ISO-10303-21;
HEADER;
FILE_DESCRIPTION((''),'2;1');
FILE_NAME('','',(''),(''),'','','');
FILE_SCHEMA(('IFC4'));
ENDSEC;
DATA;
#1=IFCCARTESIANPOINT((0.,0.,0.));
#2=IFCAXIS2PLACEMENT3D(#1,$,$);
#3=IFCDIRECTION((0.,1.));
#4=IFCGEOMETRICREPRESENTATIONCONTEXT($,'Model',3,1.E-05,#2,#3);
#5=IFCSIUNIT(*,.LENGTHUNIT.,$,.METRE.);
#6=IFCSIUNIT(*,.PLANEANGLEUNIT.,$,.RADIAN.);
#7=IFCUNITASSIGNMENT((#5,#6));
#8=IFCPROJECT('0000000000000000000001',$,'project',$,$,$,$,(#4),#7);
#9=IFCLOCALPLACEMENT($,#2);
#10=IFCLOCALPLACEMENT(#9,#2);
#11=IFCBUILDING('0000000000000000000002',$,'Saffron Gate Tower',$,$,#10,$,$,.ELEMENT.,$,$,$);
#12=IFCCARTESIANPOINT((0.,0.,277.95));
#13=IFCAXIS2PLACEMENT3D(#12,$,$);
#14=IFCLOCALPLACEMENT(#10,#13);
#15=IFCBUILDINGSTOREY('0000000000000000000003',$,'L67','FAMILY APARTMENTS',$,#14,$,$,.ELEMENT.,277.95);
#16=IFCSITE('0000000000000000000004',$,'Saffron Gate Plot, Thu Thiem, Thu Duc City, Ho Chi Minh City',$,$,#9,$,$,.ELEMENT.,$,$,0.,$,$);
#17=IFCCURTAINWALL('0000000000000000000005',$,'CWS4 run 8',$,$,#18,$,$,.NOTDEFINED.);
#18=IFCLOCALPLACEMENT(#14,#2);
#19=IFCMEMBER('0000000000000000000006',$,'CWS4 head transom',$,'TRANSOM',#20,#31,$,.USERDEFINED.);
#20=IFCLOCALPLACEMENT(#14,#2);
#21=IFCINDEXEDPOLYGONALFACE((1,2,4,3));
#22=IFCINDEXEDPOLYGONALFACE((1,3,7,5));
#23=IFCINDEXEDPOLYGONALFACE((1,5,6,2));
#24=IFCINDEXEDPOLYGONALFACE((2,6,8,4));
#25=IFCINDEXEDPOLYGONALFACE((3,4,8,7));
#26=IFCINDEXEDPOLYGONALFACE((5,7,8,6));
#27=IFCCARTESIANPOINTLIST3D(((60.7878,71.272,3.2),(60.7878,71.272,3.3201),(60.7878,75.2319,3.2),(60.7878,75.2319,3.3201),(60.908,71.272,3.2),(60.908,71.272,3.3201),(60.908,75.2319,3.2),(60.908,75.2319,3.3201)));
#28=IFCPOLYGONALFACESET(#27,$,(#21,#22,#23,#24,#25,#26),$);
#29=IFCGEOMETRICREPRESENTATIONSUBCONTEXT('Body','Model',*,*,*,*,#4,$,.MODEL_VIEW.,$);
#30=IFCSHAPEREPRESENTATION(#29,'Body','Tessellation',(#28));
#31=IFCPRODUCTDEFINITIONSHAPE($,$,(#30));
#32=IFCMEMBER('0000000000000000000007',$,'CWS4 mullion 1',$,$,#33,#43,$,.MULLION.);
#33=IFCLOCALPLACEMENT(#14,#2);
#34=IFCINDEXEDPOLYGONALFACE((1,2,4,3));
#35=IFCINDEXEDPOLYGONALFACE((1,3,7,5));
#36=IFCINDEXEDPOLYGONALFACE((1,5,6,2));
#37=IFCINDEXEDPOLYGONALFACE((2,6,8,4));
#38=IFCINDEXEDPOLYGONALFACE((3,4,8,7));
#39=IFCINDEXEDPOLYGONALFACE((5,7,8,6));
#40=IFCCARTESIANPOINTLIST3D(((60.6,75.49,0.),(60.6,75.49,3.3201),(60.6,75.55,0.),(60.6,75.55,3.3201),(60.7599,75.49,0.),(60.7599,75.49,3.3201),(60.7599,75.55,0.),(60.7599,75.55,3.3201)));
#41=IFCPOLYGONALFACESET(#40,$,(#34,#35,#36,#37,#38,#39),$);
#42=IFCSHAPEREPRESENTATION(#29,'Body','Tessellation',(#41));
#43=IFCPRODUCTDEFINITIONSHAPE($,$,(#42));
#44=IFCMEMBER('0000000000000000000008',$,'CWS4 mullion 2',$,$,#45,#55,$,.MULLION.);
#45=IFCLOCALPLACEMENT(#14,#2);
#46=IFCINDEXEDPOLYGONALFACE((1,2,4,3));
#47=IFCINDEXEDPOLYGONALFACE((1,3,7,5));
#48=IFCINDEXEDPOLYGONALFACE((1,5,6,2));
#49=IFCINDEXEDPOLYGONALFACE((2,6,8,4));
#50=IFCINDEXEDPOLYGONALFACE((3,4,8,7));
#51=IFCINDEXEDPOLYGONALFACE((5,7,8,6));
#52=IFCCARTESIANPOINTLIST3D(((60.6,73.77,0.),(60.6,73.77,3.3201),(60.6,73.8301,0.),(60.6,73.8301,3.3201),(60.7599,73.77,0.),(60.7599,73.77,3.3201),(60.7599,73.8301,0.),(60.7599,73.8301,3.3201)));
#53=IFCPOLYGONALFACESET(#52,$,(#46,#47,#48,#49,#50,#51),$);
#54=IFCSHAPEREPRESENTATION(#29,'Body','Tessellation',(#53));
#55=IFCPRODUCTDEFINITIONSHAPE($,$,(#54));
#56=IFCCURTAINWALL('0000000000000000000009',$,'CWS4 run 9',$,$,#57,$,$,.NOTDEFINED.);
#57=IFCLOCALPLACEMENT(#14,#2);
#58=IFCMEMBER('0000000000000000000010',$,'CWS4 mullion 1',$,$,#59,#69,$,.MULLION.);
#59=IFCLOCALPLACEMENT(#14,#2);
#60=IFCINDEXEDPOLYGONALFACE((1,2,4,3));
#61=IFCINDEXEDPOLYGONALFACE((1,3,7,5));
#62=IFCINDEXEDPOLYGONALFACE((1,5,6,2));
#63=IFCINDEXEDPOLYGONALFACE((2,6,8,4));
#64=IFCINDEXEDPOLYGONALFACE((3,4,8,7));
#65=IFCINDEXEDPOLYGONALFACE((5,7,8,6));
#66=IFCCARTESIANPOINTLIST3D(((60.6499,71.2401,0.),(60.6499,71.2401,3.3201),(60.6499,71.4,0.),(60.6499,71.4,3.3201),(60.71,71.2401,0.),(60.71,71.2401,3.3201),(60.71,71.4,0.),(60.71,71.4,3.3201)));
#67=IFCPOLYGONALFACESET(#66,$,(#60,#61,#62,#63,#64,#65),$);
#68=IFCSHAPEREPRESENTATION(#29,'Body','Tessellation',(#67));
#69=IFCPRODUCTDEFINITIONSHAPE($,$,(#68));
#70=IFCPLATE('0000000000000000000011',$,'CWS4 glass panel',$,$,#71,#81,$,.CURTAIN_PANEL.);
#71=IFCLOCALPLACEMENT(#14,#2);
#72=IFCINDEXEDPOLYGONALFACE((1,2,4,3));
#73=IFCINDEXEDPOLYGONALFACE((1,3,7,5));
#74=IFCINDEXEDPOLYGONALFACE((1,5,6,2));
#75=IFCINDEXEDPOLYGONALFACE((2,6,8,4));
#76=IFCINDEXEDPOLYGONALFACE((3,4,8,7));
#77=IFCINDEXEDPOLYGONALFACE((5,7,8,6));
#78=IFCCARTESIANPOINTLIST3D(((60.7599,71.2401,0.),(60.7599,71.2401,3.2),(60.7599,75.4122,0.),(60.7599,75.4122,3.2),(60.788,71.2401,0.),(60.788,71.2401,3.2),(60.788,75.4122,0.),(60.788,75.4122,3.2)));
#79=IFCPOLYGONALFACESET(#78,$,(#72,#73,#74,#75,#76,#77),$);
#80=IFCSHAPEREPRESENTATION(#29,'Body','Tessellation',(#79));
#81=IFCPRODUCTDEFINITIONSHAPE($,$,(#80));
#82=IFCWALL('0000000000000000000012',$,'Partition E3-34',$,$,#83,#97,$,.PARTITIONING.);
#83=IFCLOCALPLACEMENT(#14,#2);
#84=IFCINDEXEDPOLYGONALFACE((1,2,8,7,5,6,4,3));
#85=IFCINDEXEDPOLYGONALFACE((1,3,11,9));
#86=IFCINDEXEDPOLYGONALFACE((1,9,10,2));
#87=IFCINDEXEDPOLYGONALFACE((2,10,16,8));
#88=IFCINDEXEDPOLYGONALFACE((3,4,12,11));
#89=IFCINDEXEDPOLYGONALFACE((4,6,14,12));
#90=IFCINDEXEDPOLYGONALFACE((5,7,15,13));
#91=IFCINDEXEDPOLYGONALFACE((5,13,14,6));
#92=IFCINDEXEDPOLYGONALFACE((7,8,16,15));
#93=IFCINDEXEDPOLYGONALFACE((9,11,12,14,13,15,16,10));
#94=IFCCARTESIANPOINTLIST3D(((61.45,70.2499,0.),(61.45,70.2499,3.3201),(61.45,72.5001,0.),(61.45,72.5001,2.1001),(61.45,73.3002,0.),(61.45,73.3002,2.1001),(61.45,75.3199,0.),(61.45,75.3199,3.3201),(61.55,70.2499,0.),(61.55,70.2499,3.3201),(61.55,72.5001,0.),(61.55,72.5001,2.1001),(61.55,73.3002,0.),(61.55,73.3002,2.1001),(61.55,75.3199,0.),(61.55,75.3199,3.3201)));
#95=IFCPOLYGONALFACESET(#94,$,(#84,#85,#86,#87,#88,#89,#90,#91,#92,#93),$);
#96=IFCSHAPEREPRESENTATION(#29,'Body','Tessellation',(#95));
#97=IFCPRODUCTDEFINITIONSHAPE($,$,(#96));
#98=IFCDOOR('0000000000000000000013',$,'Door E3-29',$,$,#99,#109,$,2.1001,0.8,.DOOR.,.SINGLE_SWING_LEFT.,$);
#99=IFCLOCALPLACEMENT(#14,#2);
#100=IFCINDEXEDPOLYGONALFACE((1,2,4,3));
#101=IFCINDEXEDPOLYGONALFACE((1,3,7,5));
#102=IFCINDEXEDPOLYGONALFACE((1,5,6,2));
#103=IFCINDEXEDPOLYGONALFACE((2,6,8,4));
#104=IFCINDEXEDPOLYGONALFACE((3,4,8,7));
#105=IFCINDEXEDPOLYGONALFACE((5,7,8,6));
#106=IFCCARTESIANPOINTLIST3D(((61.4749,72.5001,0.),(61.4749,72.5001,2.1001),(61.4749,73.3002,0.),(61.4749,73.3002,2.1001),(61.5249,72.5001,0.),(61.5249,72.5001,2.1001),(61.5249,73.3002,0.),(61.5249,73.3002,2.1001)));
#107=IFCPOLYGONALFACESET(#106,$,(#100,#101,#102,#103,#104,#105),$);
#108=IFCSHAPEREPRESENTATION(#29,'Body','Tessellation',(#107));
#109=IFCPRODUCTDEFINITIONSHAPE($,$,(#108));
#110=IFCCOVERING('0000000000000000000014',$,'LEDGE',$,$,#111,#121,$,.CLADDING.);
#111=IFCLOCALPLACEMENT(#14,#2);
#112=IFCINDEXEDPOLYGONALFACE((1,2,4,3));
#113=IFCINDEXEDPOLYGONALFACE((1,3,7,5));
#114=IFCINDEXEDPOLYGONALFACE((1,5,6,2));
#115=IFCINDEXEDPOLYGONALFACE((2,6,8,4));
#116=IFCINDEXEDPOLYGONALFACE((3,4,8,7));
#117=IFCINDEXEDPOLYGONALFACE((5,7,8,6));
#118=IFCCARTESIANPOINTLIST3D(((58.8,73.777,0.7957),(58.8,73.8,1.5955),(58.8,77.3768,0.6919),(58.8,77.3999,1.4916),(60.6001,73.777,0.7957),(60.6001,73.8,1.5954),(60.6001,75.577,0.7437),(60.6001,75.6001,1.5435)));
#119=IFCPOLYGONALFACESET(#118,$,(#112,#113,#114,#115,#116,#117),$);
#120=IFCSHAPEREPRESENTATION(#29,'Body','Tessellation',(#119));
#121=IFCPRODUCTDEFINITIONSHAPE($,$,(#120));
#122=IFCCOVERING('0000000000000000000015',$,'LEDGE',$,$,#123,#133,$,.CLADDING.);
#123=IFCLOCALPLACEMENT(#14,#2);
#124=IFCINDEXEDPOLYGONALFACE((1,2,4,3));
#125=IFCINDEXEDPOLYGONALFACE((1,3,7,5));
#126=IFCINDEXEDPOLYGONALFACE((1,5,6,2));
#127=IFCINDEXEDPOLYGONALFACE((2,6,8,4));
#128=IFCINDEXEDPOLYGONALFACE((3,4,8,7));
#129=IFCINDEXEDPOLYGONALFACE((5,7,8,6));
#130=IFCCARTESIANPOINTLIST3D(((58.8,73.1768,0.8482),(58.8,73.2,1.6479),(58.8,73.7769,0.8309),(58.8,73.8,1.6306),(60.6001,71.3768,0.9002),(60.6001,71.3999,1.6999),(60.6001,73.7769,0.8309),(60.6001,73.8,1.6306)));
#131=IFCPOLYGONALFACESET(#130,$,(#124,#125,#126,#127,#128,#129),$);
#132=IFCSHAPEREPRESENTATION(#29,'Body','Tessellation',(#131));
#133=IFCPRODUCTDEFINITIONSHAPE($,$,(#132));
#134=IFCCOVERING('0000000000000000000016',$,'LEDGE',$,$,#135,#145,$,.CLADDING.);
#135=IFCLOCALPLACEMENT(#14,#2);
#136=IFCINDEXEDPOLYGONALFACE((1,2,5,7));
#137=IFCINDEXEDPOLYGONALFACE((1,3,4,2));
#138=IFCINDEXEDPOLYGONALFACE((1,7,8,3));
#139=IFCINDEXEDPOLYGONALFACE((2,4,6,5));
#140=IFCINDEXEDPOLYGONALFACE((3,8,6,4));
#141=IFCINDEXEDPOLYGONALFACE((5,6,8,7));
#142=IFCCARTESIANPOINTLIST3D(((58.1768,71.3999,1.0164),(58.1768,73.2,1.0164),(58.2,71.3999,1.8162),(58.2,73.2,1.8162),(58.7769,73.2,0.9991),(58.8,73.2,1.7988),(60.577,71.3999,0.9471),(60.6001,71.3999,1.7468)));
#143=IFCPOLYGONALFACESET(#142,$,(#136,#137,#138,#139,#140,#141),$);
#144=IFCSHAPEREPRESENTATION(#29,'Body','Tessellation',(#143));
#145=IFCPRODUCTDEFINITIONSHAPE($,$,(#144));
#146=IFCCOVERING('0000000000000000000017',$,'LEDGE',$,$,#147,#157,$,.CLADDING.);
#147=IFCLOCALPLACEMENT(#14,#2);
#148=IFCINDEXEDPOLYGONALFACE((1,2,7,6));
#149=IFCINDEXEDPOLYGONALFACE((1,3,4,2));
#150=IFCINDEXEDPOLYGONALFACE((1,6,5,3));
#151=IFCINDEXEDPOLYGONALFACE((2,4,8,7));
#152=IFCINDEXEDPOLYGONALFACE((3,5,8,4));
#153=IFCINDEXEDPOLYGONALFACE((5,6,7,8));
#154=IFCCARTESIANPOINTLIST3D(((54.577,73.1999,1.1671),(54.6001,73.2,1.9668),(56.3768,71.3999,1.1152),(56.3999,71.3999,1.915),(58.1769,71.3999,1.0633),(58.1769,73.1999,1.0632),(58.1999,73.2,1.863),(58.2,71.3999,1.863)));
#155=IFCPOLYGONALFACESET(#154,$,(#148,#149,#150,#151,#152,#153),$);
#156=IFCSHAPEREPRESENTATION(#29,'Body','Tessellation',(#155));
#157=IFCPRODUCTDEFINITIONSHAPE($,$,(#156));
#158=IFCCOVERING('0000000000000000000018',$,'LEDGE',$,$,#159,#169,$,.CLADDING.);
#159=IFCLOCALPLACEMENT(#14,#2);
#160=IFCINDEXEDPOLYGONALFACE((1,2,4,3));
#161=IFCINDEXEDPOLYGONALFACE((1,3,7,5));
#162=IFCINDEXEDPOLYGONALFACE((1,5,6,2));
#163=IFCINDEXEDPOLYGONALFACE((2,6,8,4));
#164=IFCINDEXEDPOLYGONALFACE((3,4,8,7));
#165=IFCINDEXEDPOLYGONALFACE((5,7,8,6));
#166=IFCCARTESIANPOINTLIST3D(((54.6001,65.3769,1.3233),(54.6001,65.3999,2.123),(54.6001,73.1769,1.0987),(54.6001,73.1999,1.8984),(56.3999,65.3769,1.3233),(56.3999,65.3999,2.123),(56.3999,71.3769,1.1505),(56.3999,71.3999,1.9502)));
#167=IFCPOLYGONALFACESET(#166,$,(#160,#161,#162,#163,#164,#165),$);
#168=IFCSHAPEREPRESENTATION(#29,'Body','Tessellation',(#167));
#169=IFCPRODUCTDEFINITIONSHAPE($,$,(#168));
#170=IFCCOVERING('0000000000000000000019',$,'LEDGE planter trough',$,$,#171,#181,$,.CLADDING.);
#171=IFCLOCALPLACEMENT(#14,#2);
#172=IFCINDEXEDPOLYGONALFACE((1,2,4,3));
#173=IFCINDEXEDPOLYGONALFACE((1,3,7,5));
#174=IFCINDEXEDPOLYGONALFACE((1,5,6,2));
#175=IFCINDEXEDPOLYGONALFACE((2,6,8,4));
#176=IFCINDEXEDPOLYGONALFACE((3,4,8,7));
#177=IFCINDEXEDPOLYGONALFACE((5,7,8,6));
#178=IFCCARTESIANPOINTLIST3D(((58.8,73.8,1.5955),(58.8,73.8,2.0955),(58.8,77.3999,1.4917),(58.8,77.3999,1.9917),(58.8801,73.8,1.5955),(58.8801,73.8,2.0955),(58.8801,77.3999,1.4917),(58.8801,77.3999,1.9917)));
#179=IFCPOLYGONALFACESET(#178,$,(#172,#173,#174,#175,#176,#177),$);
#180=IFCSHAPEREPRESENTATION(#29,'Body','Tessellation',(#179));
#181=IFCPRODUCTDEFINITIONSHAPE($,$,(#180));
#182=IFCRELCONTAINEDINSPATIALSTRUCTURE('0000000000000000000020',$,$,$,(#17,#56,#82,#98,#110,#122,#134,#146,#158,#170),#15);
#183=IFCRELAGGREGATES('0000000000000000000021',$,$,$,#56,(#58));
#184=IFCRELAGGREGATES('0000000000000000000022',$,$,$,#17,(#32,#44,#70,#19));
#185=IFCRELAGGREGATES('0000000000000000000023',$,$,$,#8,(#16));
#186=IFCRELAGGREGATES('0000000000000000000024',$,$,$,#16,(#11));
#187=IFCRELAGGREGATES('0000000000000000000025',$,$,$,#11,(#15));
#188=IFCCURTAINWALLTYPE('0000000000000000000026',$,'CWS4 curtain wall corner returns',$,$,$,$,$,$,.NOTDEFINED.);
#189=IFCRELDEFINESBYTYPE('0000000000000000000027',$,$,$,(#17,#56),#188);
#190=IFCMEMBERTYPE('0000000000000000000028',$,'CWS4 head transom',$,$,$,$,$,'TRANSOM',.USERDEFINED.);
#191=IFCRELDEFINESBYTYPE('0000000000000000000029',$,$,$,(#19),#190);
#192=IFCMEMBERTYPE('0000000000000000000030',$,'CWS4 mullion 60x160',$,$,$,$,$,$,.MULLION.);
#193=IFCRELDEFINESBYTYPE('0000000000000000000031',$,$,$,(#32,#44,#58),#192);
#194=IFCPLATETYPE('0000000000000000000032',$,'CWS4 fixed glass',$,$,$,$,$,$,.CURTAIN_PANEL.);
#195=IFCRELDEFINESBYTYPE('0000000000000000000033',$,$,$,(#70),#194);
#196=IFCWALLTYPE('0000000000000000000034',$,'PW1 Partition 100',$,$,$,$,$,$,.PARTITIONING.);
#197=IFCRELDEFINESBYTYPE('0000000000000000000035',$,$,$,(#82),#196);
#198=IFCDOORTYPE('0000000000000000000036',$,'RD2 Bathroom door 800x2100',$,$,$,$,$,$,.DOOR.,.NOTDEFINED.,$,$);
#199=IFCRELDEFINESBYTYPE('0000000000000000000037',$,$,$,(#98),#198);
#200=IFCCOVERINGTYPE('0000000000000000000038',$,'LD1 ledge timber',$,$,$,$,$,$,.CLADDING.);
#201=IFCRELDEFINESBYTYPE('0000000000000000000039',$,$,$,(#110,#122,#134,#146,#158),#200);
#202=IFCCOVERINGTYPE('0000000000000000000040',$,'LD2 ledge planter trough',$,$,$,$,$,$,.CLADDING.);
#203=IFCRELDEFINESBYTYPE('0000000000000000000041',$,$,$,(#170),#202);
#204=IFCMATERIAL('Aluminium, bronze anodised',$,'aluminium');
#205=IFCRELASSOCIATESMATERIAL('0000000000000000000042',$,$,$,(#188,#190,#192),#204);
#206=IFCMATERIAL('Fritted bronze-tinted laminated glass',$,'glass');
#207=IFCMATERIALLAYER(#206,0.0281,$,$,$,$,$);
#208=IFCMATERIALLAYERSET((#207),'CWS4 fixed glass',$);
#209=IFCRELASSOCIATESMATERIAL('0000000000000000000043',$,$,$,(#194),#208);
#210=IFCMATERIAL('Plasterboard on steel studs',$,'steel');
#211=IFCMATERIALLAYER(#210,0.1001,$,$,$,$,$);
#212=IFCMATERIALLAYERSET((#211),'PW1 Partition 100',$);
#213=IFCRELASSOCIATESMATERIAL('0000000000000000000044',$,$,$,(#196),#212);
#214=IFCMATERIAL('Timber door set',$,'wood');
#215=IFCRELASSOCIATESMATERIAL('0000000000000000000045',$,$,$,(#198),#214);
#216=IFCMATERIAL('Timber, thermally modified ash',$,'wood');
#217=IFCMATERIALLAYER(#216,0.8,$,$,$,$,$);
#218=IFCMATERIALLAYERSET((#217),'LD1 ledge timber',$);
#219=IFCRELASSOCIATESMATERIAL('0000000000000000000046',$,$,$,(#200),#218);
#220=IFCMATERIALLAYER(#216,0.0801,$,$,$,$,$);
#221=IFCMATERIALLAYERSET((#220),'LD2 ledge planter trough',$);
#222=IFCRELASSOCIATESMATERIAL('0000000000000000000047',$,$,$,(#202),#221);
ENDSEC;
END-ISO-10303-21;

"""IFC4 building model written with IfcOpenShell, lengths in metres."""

from ifc_helpers import new_model, si_unit, direction, frame, frame_2d, origin, origin_2d, place, context, subcontext, project, spatial, polyline, rectangle, outline, extrude, material, layer, layer_set, material_profile, profile_set, type_object, element, fill, aggregate, save


model = new_model("IFC4")

# Units and contexts
model_context = context("Model", 3, precision=1e-05, world=origin(), true_north=direction((0.0, 1.0)))
body_context = subcontext(model_context, "Body", "Model", "MODEL_VIEW")
ifc_project = project(units=[si_unit("LENGTHUNIT", "METRE"), si_unit("PLANEANGLEUNIT", "RADIAN")], contexts=[model_context])

# Site, building, storey
site_placement = place(None, origin())
site = spatial("IfcSite", under=ifc_project, at=site_placement, Name="Saffron Gate Plot, Thu Thiem, Thu Duc City, Ho Chi Minh City", CompositionType="ELEMENT", RefElevation=0.0)
building_placement = place(site_placement, origin())
building = spatial("IfcBuilding", under=site, at=building_placement, Name="Saffron Gate Tower", CompositionType="ELEMENT")
storey_placement = place(building_placement, frame((0.0, 0.0, 277.95)))
storey = spatial("IfcBuildingStorey", under=building, at=storey_placement, Name="L67", Description="FAMILY APARTMENTS", CompositionType="ELEMENT", Elevation=277.95)

# Curtain wall, members
ifc_material_1 = material(Name="Aluminium, bronze anodised", Category="aluminium")
curtain_wall_type = type_object("IfcCurtainWallType", Name="CWS4 curtain wall corner returns", PredefinedType="NOTDEFINED", material=ifc_material_1)
curtain_wall_1_placement = place(storey_placement, origin())
curtain_wall_1 = element("IfcCurtainWall", 1, at=curtain_wall_1_placement, inside=storey, type_object=curtain_wall_type, Name="CWS4 run 8", PredefinedType="NOTDEFINED")
ifc_material_profile_1 = material_profile(ifc_material_1, rectangle(XDim=0.1201, YDim=0.1201, at=origin_2d()))
ifc_profile_set_1 = profile_set([ifc_material_profile_1], Name="Aluminium, bronze anodised")
member_type_1 = type_object("IfcMemberType", Name="CWS4 head transom", ElementType="TRANSOM", PredefinedType="USERDEFINED", material=ifc_profile_set_1)
member_1_placement = place(storey_placement, frame((60.8479, 75.2319, 3.26), z_axis=(0.0, -1.0, 0.0), x_axis=(1.0, 0.0, 0.0)))
member_1 = element("IfcMember", 2, at=member_1_placement, type_object=member_type_1, Name="CWS4 head transom", ObjectType="TRANSOM", PredefinedType="USERDEFINED", context=body_context, shape_type="SweptSolid", body=[
    extrude(rectangle(XDim=0.1201, YDim=0.1201, at=origin_2d()), origin(), (0.0, 0.0, 1.0), 3.96),
])
ifc_material_profile_2 = material_profile(ifc_material_1, rectangle(XDim=0.1599, YDim=0.0601, at=origin_2d()))
ifc_profile_set_2 = profile_set([ifc_material_profile_2], Name="Aluminium, bronze anodised")
member_type_2 = type_object("IfcMemberType", Name="CWS4 mullion 60x160", PredefinedType="MULLION", material=ifc_profile_set_2)
member_2_placement = place(storey_placement, frame((60.6799, 75.52, 0.0), z_axis=(0.0, 0.0, 1.0), x_axis=(1.0, 0.0, 0.0)))
member_2 = element("IfcMember", 3, at=member_2_placement, type_object=member_type_2, Name="CWS4 mullion 1", PredefinedType="MULLION", context=body_context, shape_type="SweptSolid", body=[
    extrude(rectangle(XDim=0.1599, YDim=0.0601, at=origin_2d()), origin(), (0.0, 0.0, 1.0), 3.3201),
])
member_3_placement = place(storey_placement, frame((60.6799, 73.8, 0.0), z_axis=(0.0, 0.0, 1.0), x_axis=(1.0, 0.0, 0.0)))
member_3 = element("IfcMember", 4, at=member_3_placement, type_object=member_type_2, Name="CWS4 mullion 2", PredefinedType="MULLION", context=body_context, shape_type="SweptSolid", body=[
    extrude(rectangle(XDim=0.1599, YDim=0.0601, at=origin_2d()), origin(), (0.0, 0.0, 1.0), 3.3201),
])

# Curtain wall, member
curtain_wall_2_placement = place(storey_placement, origin())
curtain_wall_2 = element("IfcCurtainWall", 5, at=curtain_wall_2_placement, inside=storey, type_object=curtain_wall_type, Name="CWS4 run 9", PredefinedType="NOTDEFINED")
member_4_placement = place(storey_placement, frame((60.6799, 71.3201, 0.0), z_axis=(0.0, 0.0, 1.0), x_axis=(0.0, -1.0, 0.0)))
member_4 = element("IfcMember", 6, at=member_4_placement, type_object=member_type_2, Name="CWS4 mullion 1", PredefinedType="MULLION", context=body_context, shape_type="SweptSolid", body=[
    extrude(rectangle(XDim=0.1599, YDim=0.0601, at=origin_2d()), origin(), (0.0, 0.0, 1.0), 3.3201),
])
aggregate(curtain_wall_2, [member_4])

# Plate
ifc_material_2 = material(Name="Fritted bronze-tinted laminated glass", Category="glass")
ifc_layer_1 = layer(ifc_material_2, 0.0281)
ifc_layer_set_1 = layer_set([ifc_layer_1], Name="CWS4 fixed glass")
plate_type = type_object("IfcPlateType", Name="CWS4 fixed glass", PredefinedType="CURTAIN_PANEL", material=ifc_layer_set_1)
plate_placement = place(storey_placement, frame((60.7739, 75.4121, 0.0), z_axis=(0.0, 0.0, 1.0), x_axis=(0.0, -1.0, 0.0)))
plate = element("IfcPlate", 7, at=plate_placement, type_object=plate_type, Name="CWS4 glass panel", PredefinedType="CURTAIN_PANEL", context=body_context, shape_type="SweptSolid", body=[
    extrude(rectangle(XDim=4.1721, YDim=0.0281, at=frame_2d((2.0859, 0.0))), origin(), (0.0, 0.0, 1.0), 3.2),
])
aggregate(curtain_wall_1, [member_2, member_3, plate, member_1])

# Wall, opening, door
ifc_material_3 = material(Name="Plasterboard on steel studs", Category="steel")
ifc_layer_2 = layer(ifc_material_3, 0.1001)
ifc_layer_set_2 = layer_set([ifc_layer_2], Name="PW1 Partition 100")
wall_type = type_object("IfcWallType", Name="PW1 Partition 100", PredefinedType="PARTITIONING", material=ifc_layer_set_2)
wall_placement = place(storey_placement, frame((61.5, 75.3201, 0.0), z_axis=(0.0, 0.0, 1.0), x_axis=(0.0, -1.0, 0.0)))
wall = element("IfcWall", 8, at=wall_placement, inside=storey, type_object=wall_type, Name="Partition E3-34", PredefinedType="PARTITIONING", context=body_context, shape_type="SweptSolid", body=[
    extrude(rectangle(XDim=5.0701, YDim=0.1001, at=frame_2d((2.5352, 0.0))), origin(), (0.0, 0.0, 1.0), 3.3201),
])
opening_placement = place(wall_placement, frame((2.02, 0.0, 0.0)))
opening = element("IfcOpeningElement", 9, at=opening_placement, cuts=wall, PredefinedType="OPENING", context=body_context, shape_type="SweptSolid", body=[
    extrude(rectangle(XDim=0.8, YDim=2.1001, at=frame_2d((0.3999, 1.05))), frame((0.0, 0.0601, 0.0), z_axis=(0.0, -1.0, 0.0), x_axis=(1.0, 0.0, 0.0)), (0.0, 0.0, 1.0), 0.1201),
])
ifc_material_4 = material(Name="Timber door set", Category="wood")
door_type = type_object("IfcDoorType", Name="RD2 Bathroom door 800x2100", OperationType="NOTDEFINED", PredefinedType="DOOR", material=ifc_material_4)
door_placement = place(opening_placement, origin())
door = element("IfcDoor", 10, at=door_placement, inside=storey, type_object=door_type, Name="Door E3-29", OperationType="SINGLE_SWING_LEFT", OverallHeight=2.1001, OverallWidth=0.8, PredefinedType="DOOR", context=body_context, shape_type="SweptSolid", body=[
    extrude(rectangle(XDim=0.8, YDim=2.1001, at=frame_2d((0.3999, 1.05))), frame((0.0, 0.0249, 0.0), z_axis=(0.0, -1.0, 0.0), x_axis=(1.0, 0.0, 0.0)), (0.0, 0.0, 1.0), 0.05),
])
fill(opening, door)

# Coverings
ifc_material_5 = material(Name="Timber, thermally modified ash", Category="wood")
ifc_layer_3 = layer(ifc_material_5, 0.8)
ifc_layer_set_3 = layer_set([ifc_layer_3], Name="LD1 ledge timber")
covering_type_1 = type_object("IfcCoveringType", Name="LD1 ledge timber", PredefinedType="CLADDING", material=ifc_layer_set_3)
covering_1_placement = place(storey_placement, frame((60.6001, 75.6001, 1.5435), z_axis=(0.000044, 0.028833, 0.999584), x_axis=(0.0, -0.999584, 0.028833)))
element("IfcCovering", 11, at=covering_1_placement, inside=storey, type_object=covering_type_1, Name="LEDGE", PredefinedType="CLADDING", context=body_context, shape_type="SweptSolid", body=[
    extrude(outline(polyline([(0.0, 0.0), (1.8008, 0.0), (1.8008, -1.8), (-1.8005, -1.8), (0.0, 0.0)])), origin(), (0.0, 0.0, -1.0), 0.8),
])
covering_2_placement = place(storey_placement, frame((60.6001, 73.8, 1.6306), z_axis=(-0.000001, 0.028876, 0.999583), x_axis=(0.0, -0.999583, 0.028876)))
element("IfcCovering", 12, at=covering_2_placement, inside=storey, type_object=covering_type_1, Name="LEDGE", PredefinedType="CLADDING", context=body_context, shape_type="SweptSolid", body=[
    extrude(outline(polyline([(0.0, 0.0), (2.4011, 0.0), (0.6003, -1.8), (0.0, -1.8), (0.0, 0.0)])), origin(), (0.0, 0.0, -1.0), 0.8),
])
covering_3_placement = place(storey_placement, frame((60.6001, 71.3999, 1.7468), z_axis=(0.028876, -0.000001, 0.999583), x_axis=(-0.999583, 0.0, 0.028876)))
element("IfcCovering", 13, at=covering_3_placement, inside=storey, type_object=covering_type_1, Name="LEDGE", PredefinedType="CLADDING", context=body_context, shape_type="SweptSolid", body=[
    extrude(outline(polyline([(0.0, 0.0), (2.4011, 0.0), (2.4011, -1.8), (1.8008, -1.8), (0.0, 0.0)])), origin(), (0.0, 0.0, -1.0), 0.8),
])
covering_4_placement = place(storey_placement, frame((58.2, 71.3999, 1.863), z_axis=(0.028833, 0.000044, 0.999584), x_axis=(-0.999584, 0.0, 0.028833)))
element("IfcCovering", 14, at=covering_4_placement, inside=storey, type_object=covering_type_1, Name="LEDGE", PredefinedType="CLADDING", context=body_context, shape_type="SweptSolid", body=[
    extrude(outline(polyline([(0.0, 0.0), (1.8008, 0.0), (3.6013, -1.8), (0.0, -1.8), (0.0, 0.0)])), origin(), (0.0, 0.0, -1.0), 0.8),
])
covering_5_placement = place(storey_placement, frame((56.3999, 71.3999, 1.9502), z_axis=(0.000024, 0.028789, 0.999585), x_axis=(0.0, -0.999585, 0.028789)))
element("IfcCovering", 15, at=covering_5_placement, inside=storey, type_object=covering_type_1, Name="LEDGE", PredefinedType="CLADDING", context=body_context, shape_type="SweptSolid", body=[
    extrude(outline(polyline([(0.0, 0.0), (6.0025, 0.0), (6.0025, -1.7998), (-1.8008, -1.7998), (0.0, 0.0)])), origin(), (0.0, 0.0, -1.0), 0.8),
])
ifc_layer_4 = layer(ifc_material_5, 0.0801)
ifc_layer_set_4 = layer_set([ifc_layer_4], Name="LD2 ledge planter trough")
covering_type_2 = type_object("IfcCoveringType", Name="LD2 ledge planter trough", PredefinedType="CLADDING", material=ifc_layer_set_4)
covering_6_placement = place(storey_placement, frame((58.8, 77.3999, 1.4917), z_axis=(-1.0, 0.0, 0.0), x_axis=(0.0, -0.999585, 0.028811)))
element("IfcCovering", 16, at=covering_6_placement, inside=storey, type_object=covering_type_2, Name="LEDGE planter trough", PredefinedType="CLADDING", context=body_context, shape_type="SweptSolid", body=[
    extrude(outline(polyline([(0.0, 0.0), (3.6013, 0.0), (3.6158, 0.4998), (0.0144, 0.4998), (0.0, 0.0)])), origin(), (0.0, 0.0, -1.0), 0.0801),
])

save(model, "model.ifc")
